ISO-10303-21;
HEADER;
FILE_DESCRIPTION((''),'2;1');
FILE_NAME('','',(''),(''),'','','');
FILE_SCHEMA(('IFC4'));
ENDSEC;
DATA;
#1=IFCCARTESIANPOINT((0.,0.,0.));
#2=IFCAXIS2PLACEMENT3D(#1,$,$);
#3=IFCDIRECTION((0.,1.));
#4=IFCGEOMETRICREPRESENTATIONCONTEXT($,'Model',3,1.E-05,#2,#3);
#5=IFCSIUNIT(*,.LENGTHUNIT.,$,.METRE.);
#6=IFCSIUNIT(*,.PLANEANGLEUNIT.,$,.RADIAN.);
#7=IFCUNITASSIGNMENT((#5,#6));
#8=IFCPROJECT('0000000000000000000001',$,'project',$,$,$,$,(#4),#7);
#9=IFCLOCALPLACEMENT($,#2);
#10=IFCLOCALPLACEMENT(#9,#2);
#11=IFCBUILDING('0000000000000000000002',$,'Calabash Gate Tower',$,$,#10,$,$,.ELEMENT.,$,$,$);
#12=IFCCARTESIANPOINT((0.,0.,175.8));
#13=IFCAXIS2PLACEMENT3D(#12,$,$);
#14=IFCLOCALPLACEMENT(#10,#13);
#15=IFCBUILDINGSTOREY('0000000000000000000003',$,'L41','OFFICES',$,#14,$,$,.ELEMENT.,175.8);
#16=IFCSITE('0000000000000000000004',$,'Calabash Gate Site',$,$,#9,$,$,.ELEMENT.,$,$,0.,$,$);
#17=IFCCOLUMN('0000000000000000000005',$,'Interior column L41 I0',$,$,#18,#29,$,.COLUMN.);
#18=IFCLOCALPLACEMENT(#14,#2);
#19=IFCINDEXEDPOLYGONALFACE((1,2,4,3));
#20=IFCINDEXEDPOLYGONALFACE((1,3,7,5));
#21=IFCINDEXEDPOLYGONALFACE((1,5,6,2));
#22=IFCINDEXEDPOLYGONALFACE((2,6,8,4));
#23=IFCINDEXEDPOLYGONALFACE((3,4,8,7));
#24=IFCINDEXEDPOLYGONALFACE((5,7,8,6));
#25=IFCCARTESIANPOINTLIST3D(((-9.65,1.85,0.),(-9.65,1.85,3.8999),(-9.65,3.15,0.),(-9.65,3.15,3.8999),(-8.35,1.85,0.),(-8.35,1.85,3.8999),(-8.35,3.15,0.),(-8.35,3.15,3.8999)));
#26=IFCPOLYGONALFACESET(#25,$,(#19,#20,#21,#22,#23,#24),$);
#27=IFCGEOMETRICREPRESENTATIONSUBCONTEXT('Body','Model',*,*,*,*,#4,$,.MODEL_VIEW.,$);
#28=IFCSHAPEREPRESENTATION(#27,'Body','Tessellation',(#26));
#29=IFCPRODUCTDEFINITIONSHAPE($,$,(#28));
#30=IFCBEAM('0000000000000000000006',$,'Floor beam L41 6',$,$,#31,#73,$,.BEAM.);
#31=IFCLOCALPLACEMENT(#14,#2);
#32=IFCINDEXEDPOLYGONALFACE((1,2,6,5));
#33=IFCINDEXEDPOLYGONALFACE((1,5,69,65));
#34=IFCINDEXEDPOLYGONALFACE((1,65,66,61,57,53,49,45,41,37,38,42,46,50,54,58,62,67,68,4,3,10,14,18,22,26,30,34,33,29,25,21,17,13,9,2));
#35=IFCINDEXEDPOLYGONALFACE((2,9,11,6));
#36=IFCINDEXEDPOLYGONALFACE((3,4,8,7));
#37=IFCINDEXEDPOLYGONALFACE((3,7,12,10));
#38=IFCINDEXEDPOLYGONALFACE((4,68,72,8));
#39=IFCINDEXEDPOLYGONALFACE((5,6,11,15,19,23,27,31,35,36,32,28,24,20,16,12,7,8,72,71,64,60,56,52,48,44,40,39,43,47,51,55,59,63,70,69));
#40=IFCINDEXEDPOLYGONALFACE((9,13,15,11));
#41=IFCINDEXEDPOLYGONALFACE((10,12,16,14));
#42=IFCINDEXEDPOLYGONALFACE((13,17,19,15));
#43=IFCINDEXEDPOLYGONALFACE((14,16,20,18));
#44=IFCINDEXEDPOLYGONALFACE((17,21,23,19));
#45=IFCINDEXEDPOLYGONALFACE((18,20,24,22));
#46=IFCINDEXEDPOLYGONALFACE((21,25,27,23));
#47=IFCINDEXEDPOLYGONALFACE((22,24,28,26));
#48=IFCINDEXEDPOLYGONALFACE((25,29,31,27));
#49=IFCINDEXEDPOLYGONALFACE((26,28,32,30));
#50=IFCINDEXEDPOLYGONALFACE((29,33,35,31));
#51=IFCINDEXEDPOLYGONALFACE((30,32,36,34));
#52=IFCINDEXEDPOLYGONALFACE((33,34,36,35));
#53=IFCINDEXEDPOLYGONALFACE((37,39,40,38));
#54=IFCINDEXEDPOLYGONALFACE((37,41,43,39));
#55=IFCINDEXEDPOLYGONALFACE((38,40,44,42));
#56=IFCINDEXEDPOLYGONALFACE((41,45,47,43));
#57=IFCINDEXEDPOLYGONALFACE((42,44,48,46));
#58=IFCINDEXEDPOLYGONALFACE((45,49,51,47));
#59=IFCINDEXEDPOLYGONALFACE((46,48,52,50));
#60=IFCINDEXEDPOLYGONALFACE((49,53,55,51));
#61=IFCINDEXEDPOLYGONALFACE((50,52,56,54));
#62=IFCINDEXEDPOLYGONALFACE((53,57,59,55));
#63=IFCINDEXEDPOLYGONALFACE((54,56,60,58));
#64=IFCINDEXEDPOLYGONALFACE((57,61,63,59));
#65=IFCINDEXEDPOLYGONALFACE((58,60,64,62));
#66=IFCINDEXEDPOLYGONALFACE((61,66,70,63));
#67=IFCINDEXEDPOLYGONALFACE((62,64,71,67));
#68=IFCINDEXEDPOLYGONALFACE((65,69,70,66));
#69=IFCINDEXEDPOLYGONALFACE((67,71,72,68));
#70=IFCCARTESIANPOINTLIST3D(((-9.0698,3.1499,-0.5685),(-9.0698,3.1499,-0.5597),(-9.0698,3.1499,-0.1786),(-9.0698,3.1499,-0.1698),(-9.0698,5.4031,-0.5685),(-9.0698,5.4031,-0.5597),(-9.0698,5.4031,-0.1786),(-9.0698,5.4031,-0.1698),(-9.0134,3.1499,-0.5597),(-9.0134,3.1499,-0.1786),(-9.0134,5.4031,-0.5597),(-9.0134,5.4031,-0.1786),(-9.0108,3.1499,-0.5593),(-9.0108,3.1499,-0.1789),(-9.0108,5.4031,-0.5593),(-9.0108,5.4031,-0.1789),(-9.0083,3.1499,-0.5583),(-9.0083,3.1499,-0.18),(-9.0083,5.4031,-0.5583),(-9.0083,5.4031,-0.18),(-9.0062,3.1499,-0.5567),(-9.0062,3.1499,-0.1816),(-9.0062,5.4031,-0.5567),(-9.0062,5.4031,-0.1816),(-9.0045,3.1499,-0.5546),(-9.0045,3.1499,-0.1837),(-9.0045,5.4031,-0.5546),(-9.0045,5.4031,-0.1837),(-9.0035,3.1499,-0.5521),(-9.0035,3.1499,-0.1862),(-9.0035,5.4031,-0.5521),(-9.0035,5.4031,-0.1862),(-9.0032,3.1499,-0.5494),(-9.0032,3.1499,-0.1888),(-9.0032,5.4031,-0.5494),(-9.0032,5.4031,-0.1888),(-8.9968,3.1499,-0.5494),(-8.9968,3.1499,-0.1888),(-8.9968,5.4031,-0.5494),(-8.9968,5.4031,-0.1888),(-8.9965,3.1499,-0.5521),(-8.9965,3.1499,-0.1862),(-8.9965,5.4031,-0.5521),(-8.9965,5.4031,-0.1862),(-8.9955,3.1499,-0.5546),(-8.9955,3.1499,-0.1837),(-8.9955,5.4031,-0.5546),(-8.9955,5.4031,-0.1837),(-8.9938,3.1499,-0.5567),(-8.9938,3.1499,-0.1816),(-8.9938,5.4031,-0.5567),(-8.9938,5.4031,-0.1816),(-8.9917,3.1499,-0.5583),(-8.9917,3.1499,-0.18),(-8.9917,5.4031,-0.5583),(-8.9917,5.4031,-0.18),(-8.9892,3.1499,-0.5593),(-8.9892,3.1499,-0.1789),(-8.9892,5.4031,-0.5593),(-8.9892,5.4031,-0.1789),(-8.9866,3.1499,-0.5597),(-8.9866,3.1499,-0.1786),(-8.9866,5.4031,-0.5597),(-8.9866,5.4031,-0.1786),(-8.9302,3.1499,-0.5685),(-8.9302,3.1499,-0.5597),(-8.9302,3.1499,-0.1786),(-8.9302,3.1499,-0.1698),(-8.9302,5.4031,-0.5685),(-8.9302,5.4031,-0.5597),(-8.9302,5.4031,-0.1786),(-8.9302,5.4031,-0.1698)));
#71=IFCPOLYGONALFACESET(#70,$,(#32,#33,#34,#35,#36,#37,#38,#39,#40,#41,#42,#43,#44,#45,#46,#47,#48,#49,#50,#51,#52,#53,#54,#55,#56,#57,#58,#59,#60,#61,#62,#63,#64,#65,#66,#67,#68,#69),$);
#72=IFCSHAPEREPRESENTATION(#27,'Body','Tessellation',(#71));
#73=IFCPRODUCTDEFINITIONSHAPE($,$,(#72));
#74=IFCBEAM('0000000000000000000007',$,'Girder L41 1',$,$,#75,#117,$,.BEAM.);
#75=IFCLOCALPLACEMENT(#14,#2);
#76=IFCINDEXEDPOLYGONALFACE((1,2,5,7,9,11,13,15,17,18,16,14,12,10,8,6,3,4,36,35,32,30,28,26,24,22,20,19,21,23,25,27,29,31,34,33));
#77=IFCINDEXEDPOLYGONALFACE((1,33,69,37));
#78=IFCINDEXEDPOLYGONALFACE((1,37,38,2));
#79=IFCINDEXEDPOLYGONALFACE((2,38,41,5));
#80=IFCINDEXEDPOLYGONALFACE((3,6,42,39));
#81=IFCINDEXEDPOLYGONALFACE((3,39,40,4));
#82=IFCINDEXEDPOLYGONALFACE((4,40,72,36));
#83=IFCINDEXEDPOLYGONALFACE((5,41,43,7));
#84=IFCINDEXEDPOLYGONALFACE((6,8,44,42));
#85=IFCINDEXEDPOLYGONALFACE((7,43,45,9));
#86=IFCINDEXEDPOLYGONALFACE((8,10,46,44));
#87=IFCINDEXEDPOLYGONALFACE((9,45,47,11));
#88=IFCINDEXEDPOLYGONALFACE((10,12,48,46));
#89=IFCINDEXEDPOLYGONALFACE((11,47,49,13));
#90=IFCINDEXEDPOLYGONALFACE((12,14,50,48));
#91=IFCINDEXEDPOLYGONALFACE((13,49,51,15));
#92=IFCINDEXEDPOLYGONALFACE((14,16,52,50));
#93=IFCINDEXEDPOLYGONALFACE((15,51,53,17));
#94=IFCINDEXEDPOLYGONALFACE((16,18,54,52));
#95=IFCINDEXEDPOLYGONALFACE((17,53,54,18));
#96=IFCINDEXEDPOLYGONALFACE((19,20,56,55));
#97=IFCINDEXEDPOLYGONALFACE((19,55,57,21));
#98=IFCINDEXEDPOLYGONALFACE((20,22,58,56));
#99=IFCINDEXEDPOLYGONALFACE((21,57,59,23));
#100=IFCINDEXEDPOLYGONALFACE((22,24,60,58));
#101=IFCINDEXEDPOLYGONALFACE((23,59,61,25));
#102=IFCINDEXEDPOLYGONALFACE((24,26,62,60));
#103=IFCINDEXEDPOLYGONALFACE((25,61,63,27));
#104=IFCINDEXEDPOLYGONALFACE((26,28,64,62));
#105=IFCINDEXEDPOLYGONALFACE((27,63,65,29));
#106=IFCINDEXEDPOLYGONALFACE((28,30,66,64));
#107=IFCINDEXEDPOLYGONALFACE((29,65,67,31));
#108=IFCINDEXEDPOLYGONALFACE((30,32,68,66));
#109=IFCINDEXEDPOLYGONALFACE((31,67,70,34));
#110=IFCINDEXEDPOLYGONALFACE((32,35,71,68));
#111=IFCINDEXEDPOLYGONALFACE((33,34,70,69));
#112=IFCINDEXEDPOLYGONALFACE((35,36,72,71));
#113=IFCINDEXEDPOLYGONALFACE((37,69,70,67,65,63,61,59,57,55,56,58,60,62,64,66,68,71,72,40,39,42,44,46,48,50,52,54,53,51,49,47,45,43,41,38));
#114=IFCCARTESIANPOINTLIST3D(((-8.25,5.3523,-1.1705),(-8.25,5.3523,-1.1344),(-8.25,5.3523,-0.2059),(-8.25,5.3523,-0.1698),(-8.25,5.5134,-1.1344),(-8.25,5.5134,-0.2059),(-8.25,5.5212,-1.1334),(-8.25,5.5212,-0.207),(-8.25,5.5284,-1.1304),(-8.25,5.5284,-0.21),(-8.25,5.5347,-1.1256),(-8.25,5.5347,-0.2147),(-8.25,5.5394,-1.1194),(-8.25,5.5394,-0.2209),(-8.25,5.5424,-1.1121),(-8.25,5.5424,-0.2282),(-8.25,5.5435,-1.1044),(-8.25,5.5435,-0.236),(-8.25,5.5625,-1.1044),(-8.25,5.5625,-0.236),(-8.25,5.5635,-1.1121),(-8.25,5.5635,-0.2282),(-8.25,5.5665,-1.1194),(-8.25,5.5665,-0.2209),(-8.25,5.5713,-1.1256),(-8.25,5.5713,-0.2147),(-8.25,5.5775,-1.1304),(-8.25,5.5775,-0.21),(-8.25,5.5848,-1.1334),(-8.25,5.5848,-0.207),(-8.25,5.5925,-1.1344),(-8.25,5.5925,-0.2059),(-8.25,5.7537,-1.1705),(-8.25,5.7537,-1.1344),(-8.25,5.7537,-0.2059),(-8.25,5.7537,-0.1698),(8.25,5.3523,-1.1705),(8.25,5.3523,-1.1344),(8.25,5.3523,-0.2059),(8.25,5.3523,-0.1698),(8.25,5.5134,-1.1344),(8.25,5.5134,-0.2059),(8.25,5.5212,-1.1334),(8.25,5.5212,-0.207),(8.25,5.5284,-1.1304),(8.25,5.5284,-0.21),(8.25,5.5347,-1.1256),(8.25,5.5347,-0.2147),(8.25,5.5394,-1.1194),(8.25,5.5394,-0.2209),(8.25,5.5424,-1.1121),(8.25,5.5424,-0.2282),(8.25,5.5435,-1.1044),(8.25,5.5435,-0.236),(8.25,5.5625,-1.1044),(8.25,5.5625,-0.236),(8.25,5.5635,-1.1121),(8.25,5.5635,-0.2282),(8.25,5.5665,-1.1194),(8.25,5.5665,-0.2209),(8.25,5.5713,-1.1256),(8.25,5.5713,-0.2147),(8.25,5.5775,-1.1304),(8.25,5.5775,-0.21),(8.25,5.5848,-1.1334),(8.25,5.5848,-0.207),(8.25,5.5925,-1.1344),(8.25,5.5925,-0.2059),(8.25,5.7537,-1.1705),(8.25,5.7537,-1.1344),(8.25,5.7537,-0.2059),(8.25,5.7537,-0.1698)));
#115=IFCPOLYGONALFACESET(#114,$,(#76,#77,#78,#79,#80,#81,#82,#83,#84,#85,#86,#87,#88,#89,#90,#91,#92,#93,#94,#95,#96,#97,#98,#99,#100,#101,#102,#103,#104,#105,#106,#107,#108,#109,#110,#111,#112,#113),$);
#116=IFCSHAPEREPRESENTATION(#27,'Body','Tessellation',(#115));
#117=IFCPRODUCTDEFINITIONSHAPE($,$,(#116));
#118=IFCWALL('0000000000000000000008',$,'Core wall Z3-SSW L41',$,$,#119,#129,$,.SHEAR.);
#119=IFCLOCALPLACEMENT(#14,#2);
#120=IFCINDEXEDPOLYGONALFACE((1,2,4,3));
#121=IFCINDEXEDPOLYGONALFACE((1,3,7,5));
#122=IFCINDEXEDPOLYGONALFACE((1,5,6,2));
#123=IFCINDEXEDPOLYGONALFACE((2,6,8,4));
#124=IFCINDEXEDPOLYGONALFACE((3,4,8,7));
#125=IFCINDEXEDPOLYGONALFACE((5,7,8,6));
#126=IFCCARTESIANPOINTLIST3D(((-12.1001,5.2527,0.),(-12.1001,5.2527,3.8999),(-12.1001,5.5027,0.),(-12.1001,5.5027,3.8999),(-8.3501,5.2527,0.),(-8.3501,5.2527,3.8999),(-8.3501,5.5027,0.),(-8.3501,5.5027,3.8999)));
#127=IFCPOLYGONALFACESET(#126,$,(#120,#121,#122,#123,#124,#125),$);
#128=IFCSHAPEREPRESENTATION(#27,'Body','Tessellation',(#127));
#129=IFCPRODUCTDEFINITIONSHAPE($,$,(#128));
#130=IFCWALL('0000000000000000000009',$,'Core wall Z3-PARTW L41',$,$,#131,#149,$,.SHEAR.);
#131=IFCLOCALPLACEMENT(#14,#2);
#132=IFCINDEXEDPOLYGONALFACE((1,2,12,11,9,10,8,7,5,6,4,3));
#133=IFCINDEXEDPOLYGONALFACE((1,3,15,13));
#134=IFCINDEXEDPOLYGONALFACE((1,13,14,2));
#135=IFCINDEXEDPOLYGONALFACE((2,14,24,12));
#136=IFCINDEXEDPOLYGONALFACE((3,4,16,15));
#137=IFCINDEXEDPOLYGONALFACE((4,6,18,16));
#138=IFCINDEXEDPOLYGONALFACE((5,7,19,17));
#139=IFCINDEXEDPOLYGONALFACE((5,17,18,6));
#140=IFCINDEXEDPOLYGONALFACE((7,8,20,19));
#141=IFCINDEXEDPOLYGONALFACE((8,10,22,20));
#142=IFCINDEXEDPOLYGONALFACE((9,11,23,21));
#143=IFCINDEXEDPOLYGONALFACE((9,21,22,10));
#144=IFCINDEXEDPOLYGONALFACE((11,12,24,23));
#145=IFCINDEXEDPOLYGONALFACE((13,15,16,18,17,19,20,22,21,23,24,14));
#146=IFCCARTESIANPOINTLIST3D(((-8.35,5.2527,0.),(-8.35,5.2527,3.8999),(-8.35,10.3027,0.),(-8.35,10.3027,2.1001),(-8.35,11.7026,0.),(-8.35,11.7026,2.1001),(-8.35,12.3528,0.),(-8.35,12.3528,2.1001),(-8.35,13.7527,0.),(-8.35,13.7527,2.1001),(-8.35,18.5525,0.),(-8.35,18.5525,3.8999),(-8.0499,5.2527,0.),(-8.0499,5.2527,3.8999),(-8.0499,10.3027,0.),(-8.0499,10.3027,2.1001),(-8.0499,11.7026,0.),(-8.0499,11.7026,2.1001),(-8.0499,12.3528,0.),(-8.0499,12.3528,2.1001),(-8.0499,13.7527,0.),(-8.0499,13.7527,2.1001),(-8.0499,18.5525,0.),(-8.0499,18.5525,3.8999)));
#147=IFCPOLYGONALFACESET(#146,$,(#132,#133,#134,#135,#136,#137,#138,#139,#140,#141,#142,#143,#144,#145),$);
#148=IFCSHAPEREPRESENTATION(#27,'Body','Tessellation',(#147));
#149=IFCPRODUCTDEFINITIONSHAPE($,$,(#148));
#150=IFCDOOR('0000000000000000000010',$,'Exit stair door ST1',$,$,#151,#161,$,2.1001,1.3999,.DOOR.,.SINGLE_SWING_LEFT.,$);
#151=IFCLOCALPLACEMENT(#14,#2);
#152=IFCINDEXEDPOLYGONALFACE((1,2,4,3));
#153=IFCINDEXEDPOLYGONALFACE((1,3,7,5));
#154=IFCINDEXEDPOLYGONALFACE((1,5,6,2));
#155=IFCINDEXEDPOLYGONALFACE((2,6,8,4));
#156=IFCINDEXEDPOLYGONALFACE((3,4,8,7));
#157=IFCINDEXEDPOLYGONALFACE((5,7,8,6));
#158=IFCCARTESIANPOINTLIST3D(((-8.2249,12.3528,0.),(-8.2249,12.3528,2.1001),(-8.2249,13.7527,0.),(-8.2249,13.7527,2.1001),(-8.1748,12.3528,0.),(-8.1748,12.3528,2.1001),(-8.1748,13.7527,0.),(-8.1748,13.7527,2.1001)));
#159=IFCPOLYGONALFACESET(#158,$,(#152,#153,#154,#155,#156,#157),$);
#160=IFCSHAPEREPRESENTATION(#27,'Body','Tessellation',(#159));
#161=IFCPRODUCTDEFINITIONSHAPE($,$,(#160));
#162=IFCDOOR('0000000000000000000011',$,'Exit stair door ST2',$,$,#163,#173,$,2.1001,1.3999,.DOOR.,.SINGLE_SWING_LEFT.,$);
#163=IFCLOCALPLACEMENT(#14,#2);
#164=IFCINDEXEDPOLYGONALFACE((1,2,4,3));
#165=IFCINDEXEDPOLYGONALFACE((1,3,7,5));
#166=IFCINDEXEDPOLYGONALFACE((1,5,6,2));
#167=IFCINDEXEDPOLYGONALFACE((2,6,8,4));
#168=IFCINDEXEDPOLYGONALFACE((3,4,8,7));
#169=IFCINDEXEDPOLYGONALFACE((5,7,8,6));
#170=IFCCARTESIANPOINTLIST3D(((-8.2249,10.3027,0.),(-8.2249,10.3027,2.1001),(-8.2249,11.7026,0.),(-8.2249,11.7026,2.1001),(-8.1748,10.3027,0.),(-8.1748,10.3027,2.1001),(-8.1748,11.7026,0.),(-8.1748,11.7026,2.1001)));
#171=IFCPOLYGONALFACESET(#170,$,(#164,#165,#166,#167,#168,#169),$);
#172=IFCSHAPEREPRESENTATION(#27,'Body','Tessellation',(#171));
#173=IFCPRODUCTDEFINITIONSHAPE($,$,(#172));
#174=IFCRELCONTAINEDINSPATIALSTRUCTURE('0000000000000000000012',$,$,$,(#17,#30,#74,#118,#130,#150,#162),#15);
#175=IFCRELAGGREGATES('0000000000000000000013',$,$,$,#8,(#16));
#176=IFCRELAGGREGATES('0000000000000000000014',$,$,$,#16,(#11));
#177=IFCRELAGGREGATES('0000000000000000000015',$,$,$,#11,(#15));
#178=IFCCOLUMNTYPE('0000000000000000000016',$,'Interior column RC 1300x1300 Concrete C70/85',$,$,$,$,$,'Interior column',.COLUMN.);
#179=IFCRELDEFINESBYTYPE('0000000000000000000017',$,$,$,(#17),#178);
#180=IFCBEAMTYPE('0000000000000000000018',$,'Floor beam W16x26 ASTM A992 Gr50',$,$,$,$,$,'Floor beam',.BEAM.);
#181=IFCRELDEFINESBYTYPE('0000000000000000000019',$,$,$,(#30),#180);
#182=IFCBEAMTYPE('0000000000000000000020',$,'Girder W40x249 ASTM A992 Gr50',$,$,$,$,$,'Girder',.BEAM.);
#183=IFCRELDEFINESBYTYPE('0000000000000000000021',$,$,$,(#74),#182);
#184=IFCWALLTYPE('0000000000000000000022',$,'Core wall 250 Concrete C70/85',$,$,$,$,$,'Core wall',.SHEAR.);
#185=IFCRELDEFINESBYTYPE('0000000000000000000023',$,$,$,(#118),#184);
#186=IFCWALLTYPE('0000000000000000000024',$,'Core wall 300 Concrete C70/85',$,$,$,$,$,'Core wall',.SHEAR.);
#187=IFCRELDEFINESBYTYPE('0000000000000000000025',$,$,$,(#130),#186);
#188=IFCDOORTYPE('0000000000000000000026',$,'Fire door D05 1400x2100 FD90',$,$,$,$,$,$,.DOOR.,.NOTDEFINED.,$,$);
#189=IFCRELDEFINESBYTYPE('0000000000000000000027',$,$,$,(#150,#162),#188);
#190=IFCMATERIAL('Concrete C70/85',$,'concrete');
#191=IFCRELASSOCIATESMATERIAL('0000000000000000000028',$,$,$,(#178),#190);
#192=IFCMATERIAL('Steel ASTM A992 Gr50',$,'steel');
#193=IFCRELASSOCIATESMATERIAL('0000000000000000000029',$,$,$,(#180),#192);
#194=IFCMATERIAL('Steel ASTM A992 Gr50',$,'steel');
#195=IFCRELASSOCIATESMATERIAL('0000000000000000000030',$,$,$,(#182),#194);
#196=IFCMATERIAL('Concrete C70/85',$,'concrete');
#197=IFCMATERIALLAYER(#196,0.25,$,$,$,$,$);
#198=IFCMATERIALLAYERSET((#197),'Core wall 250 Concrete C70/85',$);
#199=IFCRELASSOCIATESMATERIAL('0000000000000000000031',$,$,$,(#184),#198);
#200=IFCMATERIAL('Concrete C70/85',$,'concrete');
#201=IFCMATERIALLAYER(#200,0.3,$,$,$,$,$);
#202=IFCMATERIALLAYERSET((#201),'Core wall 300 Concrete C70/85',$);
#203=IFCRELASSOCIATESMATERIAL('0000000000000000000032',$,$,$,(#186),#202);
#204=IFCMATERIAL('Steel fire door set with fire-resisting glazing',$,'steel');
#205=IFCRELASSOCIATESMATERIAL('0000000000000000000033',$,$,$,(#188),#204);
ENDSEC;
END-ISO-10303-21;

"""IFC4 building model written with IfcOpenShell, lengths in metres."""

from ifc_helpers import new_model, si_unit, direction, frame, frame_2d, origin, origin_2d, place, context, subcontext, project, spatial, rectangle, i_section, extrude, material, layer, layer_set, material_profile, profile_set, type_object, element, fill, save


model = new_model("IFC4")

# Units and contexts
model_context = context("Model", 3, precision=1e-05, world=origin(), true_north=direction((0.0, 1.0)))
body_context = subcontext(model_context, "Body", "Model", "MODEL_VIEW")
ifc_project = project(units=[si_unit("LENGTHUNIT", "METRE"), si_unit("PLANEANGLEUNIT", "RADIAN")], contexts=[model_context])

# Site, building, storey
site_placement = place(None, origin())
site = spatial("IfcSite", under=ifc_project, at=site_placement, Name="Calabash Gate Site", CompositionType="ELEMENT", RefElevation=0.0)
building_placement = place(site_placement, origin())
building = spatial("IfcBuilding", under=site, at=building_placement, Name="Calabash Gate Tower", CompositionType="ELEMENT")
storey_placement = place(building_placement, frame((0.0, 0.0, 175.8)))
storey = spatial("IfcBuildingStorey", under=building, at=storey_placement, Name="L41", Description="OFFICES", CompositionType="ELEMENT", Elevation=175.8)

# Column
ifc_material_1 = material(Name="Concrete C70/85", Category="concrete")
ifc_material_profile_1 = material_profile(ifc_material_1, rectangle(XDim=1.3, YDim=1.3, at=origin_2d()))
ifc_profile_set_1 = profile_set([ifc_material_profile_1], Name="Concrete C70/85")
column_type = type_object("IfcColumnType", Name="Interior column RC 1300x1300 Concrete C70/85", ElementType="Interior column", PredefinedType="COLUMN", material=ifc_profile_set_1)
column_placement = place(storey_placement, frame((-9.0, 2.5, 0.0), z_axis=(0.0, 0.0, 1.0), x_axis=(1.0, 0.0, 0.0)))
element("IfcColumn", 1, at=column_placement, inside=storey, type_object=column_type, Name="Interior column L41 I0", PredefinedType="COLUMN", context=body_context, shape_type="SweptSolid", body=[
    extrude(rectangle(XDim=1.3, YDim=1.3, at=origin_2d()), origin(), (0.0, 0.0, 1.0), 3.8999),
])

# Beams
ifc_material_2 = material(Name="Steel ASTM A992 Gr50", Category="steel")
ifc_material_profile_2 = material_profile(ifc_material_2, i_section(OverallWidth=0.1396, OverallDepth=0.3987, WebThickness=0.0063, FlangeThickness=0.0088, FilletRadius=0.0103, at=origin_2d()))
ifc_profile_set_2 = profile_set([ifc_material_profile_2], Name="Steel ASTM A992 Gr50")
beam_type_1 = type_object("IfcBeamType", Name="Floor beam W16x26 ASTM A992 Gr50", ElementType="Floor beam", PredefinedType="BEAM", material=ifc_profile_set_2)
beam_1_placement = place(storey_placement, frame((-9.0, 3.1499, -0.3691), z_axis=(0.0, 1.0, 0.0), x_axis=(-1.0, 0.0, 0.0)))
element("IfcBeam", 2, at=beam_1_placement, inside=storey, type_object=beam_type_1, Name="Floor beam L41 6", PredefinedType="BEAM", context=body_context, shape_type="SweptSolid", body=[
    extrude(i_section(OverallWidth=0.1396, OverallDepth=0.3987, WebThickness=0.0063, FlangeThickness=0.0088, FilletRadius=0.0103, at=origin_2d()), origin(), (0.0, 0.0, 1.0), 2.2532),
])
ifc_material_3 = material(Name="Steel ASTM A992 Gr50", Category="steel")
ifc_material_profile_3 = material_profile(ifc_material_3, i_section(OverallWidth=0.4014, OverallDepth=1.0007, WebThickness=0.019, FlangeThickness=0.0361, FilletRadius=0.03, at=origin_2d()))
ifc_profile_set_3 = profile_set([ifc_material_profile_3], Name="Steel ASTM A992 Gr50")
beam_type_2 = type_object("IfcBeamType", Name="Girder W40x249 ASTM A992 Gr50", ElementType="Girder", PredefinedType="BEAM", material=ifc_profile_set_3)
beam_2_placement = place(storey_placement, frame((-8.25, 5.553, -0.6702), z_axis=(1.0, 0.0, 0.0), x_axis=(0.0, 1.0, 0.0)))
element("IfcBeam", 3, at=beam_2_placement, inside=storey, type_object=beam_type_2, Name="Girder L41 1", PredefinedType="BEAM", context=body_context, shape_type="SweptSolid", body=[
    extrude(i_section(OverallWidth=0.4014, OverallDepth=1.0007, WebThickness=0.019, FlangeThickness=0.0361, FilletRadius=0.03, at=origin_2d()), origin(), (0.0, 0.0, 1.0), 16.5),
])

# Wall
ifc_material_4 = material(Name="Concrete C70/85", Category="concrete")
ifc_layer_1 = layer(ifc_material_4, 0.25)
ifc_layer_set_1 = layer_set([ifc_layer_1], Name="Core wall 250 Concrete C70/85")
wall_type_1 = type_object("IfcWallType", Name="Core wall 250 Concrete C70/85", ElementType="Core wall", PredefinedType="SHEAR", material=ifc_layer_set_1)
wall_1_placement = place(storey_placement, frame((-12.1001, 5.3777, 0.0), z_axis=(0.0, 0.0, 1.0), x_axis=(1.0, 0.0, 0.0)))
element("IfcWall", 4, at=wall_1_placement, inside=storey, type_object=wall_type_1, Name="Core wall Z3-SSW L41", PredefinedType="SHEAR", context=body_context, shape_type="SweptSolid", body=[
    extrude(rectangle(XDim=3.75, YDim=0.25, at=frame_2d((1.875, 0.0))), origin(), (0.0, 0.0, 1.0), 3.8999),
])

# Wall, openings, doors
ifc_material_5 = material(Name="Concrete C70/85", Category="concrete")
ifc_layer_2 = layer(ifc_material_5, 0.3)
ifc_layer_set_2 = layer_set([ifc_layer_2], Name="Core wall 300 Concrete C70/85")
wall_type_2 = type_object("IfcWallType", Name="Core wall 300 Concrete C70/85", ElementType="Core wall", PredefinedType="SHEAR", material=ifc_layer_set_2)
wall_2_placement = place(storey_placement, frame((-8.2, 5.2527, 0.0), z_axis=(0.0, 0.0, 1.0), x_axis=(0.0, 1.0, 0.0)))
wall_2 = element("IfcWall", 5, at=wall_2_placement, inside=storey, type_object=wall_type_2, Name="Core wall Z3-PARTW L41", PredefinedType="SHEAR", context=body_context, shape_type="SweptSolid", body=[
    extrude(rectangle(XDim=13.2998, YDim=0.3, at=frame_2d((6.6499, 0.0))), origin(), (0.0, 0.0, 1.0), 3.8999),
])
opening_1_placement = place(wall_2_placement, frame((7.1001, 0.0, 0.0)))
opening_1 = element("IfcOpeningElement", 6, at=opening_1_placement, cuts=wall_2, PredefinedType="OPENING", context=body_context, shape_type="SweptSolid", body=[
    extrude(rectangle(XDim=1.3999, YDim=2.1001, at=frame_2d((0.7, 1.05))), frame((0.0, 0.1599, 0.0), z_axis=(0.0, -1.0, 0.0), x_axis=(1.0, 0.0, 0.0)), (0.0, 0.0, 1.0), 0.3201),
])
opening_2_placement = place(wall_2_placement, frame((5.05, 0.0, 0.0)))
opening_2 = element("IfcOpeningElement", 7, at=opening_2_placement, cuts=wall_2, PredefinedType="OPENING", context=body_context, shape_type="SweptSolid", body=[
    extrude(rectangle(XDim=1.3999, YDim=2.1001, at=frame_2d((0.7, 1.05))), frame((0.0, 0.1599, 0.0), z_axis=(0.0, -1.0, 0.0), x_axis=(1.0, 0.0, 0.0)), (0.0, 0.0, 1.0), 0.3201),
])
ifc_material_6 = material(Name="Steel fire door set with fire-resisting glazing", Category="steel")
door_type_1 = type_object("IfcDoorType", Name="Fire door D05 1400x2100 FD90", OperationType="NOTDEFINED", PredefinedType="DOOR", material=ifc_material_6)
door_1_placement = place(opening_1_placement, origin())
door_1 = element("IfcDoor", 8, at=door_1_placement, inside=storey, type_object=door_type_1, Name="Exit stair door ST1", OperationType="SINGLE_SWING_LEFT", OverallHeight=2.1001, OverallWidth=1.3999, PredefinedType="DOOR", context=body_context, shape_type="SweptSolid", body=[
    extrude(rectangle(XDim=1.3999, YDim=2.1001, at=frame_2d((0.7, 1.05))), frame((0.0, 0.0249, 0.0), z_axis=(0.0, -1.0, 0.0), x_axis=(1.0, 0.0, 0.0)), (0.0, 0.0, 1.0), 0.05),
])
fill(opening_1, door_1)
door_2_placement = place(opening_2_placement, origin())
door_2 = element("IfcDoor", 9, at=door_2_placement, inside=storey, type_object=door_type_1, Name="Exit stair door ST2", OperationType="SINGLE_SWING_LEFT", OverallHeight=2.1001, OverallWidth=1.3999, PredefinedType="DOOR", context=body_context, shape_type="SweptSolid", body=[
    extrude(rectangle(XDim=1.3999, YDim=2.1001, at=frame_2d((0.7, 1.05))), frame((0.0, 0.0249, 0.0), z_axis=(0.0, -1.0, 0.0), x_axis=(1.0, 0.0, 0.0)), (0.0, 0.0, 1.0), 0.05),
])
fill(opening_2, door_2)

save(model, "model.ifc")
